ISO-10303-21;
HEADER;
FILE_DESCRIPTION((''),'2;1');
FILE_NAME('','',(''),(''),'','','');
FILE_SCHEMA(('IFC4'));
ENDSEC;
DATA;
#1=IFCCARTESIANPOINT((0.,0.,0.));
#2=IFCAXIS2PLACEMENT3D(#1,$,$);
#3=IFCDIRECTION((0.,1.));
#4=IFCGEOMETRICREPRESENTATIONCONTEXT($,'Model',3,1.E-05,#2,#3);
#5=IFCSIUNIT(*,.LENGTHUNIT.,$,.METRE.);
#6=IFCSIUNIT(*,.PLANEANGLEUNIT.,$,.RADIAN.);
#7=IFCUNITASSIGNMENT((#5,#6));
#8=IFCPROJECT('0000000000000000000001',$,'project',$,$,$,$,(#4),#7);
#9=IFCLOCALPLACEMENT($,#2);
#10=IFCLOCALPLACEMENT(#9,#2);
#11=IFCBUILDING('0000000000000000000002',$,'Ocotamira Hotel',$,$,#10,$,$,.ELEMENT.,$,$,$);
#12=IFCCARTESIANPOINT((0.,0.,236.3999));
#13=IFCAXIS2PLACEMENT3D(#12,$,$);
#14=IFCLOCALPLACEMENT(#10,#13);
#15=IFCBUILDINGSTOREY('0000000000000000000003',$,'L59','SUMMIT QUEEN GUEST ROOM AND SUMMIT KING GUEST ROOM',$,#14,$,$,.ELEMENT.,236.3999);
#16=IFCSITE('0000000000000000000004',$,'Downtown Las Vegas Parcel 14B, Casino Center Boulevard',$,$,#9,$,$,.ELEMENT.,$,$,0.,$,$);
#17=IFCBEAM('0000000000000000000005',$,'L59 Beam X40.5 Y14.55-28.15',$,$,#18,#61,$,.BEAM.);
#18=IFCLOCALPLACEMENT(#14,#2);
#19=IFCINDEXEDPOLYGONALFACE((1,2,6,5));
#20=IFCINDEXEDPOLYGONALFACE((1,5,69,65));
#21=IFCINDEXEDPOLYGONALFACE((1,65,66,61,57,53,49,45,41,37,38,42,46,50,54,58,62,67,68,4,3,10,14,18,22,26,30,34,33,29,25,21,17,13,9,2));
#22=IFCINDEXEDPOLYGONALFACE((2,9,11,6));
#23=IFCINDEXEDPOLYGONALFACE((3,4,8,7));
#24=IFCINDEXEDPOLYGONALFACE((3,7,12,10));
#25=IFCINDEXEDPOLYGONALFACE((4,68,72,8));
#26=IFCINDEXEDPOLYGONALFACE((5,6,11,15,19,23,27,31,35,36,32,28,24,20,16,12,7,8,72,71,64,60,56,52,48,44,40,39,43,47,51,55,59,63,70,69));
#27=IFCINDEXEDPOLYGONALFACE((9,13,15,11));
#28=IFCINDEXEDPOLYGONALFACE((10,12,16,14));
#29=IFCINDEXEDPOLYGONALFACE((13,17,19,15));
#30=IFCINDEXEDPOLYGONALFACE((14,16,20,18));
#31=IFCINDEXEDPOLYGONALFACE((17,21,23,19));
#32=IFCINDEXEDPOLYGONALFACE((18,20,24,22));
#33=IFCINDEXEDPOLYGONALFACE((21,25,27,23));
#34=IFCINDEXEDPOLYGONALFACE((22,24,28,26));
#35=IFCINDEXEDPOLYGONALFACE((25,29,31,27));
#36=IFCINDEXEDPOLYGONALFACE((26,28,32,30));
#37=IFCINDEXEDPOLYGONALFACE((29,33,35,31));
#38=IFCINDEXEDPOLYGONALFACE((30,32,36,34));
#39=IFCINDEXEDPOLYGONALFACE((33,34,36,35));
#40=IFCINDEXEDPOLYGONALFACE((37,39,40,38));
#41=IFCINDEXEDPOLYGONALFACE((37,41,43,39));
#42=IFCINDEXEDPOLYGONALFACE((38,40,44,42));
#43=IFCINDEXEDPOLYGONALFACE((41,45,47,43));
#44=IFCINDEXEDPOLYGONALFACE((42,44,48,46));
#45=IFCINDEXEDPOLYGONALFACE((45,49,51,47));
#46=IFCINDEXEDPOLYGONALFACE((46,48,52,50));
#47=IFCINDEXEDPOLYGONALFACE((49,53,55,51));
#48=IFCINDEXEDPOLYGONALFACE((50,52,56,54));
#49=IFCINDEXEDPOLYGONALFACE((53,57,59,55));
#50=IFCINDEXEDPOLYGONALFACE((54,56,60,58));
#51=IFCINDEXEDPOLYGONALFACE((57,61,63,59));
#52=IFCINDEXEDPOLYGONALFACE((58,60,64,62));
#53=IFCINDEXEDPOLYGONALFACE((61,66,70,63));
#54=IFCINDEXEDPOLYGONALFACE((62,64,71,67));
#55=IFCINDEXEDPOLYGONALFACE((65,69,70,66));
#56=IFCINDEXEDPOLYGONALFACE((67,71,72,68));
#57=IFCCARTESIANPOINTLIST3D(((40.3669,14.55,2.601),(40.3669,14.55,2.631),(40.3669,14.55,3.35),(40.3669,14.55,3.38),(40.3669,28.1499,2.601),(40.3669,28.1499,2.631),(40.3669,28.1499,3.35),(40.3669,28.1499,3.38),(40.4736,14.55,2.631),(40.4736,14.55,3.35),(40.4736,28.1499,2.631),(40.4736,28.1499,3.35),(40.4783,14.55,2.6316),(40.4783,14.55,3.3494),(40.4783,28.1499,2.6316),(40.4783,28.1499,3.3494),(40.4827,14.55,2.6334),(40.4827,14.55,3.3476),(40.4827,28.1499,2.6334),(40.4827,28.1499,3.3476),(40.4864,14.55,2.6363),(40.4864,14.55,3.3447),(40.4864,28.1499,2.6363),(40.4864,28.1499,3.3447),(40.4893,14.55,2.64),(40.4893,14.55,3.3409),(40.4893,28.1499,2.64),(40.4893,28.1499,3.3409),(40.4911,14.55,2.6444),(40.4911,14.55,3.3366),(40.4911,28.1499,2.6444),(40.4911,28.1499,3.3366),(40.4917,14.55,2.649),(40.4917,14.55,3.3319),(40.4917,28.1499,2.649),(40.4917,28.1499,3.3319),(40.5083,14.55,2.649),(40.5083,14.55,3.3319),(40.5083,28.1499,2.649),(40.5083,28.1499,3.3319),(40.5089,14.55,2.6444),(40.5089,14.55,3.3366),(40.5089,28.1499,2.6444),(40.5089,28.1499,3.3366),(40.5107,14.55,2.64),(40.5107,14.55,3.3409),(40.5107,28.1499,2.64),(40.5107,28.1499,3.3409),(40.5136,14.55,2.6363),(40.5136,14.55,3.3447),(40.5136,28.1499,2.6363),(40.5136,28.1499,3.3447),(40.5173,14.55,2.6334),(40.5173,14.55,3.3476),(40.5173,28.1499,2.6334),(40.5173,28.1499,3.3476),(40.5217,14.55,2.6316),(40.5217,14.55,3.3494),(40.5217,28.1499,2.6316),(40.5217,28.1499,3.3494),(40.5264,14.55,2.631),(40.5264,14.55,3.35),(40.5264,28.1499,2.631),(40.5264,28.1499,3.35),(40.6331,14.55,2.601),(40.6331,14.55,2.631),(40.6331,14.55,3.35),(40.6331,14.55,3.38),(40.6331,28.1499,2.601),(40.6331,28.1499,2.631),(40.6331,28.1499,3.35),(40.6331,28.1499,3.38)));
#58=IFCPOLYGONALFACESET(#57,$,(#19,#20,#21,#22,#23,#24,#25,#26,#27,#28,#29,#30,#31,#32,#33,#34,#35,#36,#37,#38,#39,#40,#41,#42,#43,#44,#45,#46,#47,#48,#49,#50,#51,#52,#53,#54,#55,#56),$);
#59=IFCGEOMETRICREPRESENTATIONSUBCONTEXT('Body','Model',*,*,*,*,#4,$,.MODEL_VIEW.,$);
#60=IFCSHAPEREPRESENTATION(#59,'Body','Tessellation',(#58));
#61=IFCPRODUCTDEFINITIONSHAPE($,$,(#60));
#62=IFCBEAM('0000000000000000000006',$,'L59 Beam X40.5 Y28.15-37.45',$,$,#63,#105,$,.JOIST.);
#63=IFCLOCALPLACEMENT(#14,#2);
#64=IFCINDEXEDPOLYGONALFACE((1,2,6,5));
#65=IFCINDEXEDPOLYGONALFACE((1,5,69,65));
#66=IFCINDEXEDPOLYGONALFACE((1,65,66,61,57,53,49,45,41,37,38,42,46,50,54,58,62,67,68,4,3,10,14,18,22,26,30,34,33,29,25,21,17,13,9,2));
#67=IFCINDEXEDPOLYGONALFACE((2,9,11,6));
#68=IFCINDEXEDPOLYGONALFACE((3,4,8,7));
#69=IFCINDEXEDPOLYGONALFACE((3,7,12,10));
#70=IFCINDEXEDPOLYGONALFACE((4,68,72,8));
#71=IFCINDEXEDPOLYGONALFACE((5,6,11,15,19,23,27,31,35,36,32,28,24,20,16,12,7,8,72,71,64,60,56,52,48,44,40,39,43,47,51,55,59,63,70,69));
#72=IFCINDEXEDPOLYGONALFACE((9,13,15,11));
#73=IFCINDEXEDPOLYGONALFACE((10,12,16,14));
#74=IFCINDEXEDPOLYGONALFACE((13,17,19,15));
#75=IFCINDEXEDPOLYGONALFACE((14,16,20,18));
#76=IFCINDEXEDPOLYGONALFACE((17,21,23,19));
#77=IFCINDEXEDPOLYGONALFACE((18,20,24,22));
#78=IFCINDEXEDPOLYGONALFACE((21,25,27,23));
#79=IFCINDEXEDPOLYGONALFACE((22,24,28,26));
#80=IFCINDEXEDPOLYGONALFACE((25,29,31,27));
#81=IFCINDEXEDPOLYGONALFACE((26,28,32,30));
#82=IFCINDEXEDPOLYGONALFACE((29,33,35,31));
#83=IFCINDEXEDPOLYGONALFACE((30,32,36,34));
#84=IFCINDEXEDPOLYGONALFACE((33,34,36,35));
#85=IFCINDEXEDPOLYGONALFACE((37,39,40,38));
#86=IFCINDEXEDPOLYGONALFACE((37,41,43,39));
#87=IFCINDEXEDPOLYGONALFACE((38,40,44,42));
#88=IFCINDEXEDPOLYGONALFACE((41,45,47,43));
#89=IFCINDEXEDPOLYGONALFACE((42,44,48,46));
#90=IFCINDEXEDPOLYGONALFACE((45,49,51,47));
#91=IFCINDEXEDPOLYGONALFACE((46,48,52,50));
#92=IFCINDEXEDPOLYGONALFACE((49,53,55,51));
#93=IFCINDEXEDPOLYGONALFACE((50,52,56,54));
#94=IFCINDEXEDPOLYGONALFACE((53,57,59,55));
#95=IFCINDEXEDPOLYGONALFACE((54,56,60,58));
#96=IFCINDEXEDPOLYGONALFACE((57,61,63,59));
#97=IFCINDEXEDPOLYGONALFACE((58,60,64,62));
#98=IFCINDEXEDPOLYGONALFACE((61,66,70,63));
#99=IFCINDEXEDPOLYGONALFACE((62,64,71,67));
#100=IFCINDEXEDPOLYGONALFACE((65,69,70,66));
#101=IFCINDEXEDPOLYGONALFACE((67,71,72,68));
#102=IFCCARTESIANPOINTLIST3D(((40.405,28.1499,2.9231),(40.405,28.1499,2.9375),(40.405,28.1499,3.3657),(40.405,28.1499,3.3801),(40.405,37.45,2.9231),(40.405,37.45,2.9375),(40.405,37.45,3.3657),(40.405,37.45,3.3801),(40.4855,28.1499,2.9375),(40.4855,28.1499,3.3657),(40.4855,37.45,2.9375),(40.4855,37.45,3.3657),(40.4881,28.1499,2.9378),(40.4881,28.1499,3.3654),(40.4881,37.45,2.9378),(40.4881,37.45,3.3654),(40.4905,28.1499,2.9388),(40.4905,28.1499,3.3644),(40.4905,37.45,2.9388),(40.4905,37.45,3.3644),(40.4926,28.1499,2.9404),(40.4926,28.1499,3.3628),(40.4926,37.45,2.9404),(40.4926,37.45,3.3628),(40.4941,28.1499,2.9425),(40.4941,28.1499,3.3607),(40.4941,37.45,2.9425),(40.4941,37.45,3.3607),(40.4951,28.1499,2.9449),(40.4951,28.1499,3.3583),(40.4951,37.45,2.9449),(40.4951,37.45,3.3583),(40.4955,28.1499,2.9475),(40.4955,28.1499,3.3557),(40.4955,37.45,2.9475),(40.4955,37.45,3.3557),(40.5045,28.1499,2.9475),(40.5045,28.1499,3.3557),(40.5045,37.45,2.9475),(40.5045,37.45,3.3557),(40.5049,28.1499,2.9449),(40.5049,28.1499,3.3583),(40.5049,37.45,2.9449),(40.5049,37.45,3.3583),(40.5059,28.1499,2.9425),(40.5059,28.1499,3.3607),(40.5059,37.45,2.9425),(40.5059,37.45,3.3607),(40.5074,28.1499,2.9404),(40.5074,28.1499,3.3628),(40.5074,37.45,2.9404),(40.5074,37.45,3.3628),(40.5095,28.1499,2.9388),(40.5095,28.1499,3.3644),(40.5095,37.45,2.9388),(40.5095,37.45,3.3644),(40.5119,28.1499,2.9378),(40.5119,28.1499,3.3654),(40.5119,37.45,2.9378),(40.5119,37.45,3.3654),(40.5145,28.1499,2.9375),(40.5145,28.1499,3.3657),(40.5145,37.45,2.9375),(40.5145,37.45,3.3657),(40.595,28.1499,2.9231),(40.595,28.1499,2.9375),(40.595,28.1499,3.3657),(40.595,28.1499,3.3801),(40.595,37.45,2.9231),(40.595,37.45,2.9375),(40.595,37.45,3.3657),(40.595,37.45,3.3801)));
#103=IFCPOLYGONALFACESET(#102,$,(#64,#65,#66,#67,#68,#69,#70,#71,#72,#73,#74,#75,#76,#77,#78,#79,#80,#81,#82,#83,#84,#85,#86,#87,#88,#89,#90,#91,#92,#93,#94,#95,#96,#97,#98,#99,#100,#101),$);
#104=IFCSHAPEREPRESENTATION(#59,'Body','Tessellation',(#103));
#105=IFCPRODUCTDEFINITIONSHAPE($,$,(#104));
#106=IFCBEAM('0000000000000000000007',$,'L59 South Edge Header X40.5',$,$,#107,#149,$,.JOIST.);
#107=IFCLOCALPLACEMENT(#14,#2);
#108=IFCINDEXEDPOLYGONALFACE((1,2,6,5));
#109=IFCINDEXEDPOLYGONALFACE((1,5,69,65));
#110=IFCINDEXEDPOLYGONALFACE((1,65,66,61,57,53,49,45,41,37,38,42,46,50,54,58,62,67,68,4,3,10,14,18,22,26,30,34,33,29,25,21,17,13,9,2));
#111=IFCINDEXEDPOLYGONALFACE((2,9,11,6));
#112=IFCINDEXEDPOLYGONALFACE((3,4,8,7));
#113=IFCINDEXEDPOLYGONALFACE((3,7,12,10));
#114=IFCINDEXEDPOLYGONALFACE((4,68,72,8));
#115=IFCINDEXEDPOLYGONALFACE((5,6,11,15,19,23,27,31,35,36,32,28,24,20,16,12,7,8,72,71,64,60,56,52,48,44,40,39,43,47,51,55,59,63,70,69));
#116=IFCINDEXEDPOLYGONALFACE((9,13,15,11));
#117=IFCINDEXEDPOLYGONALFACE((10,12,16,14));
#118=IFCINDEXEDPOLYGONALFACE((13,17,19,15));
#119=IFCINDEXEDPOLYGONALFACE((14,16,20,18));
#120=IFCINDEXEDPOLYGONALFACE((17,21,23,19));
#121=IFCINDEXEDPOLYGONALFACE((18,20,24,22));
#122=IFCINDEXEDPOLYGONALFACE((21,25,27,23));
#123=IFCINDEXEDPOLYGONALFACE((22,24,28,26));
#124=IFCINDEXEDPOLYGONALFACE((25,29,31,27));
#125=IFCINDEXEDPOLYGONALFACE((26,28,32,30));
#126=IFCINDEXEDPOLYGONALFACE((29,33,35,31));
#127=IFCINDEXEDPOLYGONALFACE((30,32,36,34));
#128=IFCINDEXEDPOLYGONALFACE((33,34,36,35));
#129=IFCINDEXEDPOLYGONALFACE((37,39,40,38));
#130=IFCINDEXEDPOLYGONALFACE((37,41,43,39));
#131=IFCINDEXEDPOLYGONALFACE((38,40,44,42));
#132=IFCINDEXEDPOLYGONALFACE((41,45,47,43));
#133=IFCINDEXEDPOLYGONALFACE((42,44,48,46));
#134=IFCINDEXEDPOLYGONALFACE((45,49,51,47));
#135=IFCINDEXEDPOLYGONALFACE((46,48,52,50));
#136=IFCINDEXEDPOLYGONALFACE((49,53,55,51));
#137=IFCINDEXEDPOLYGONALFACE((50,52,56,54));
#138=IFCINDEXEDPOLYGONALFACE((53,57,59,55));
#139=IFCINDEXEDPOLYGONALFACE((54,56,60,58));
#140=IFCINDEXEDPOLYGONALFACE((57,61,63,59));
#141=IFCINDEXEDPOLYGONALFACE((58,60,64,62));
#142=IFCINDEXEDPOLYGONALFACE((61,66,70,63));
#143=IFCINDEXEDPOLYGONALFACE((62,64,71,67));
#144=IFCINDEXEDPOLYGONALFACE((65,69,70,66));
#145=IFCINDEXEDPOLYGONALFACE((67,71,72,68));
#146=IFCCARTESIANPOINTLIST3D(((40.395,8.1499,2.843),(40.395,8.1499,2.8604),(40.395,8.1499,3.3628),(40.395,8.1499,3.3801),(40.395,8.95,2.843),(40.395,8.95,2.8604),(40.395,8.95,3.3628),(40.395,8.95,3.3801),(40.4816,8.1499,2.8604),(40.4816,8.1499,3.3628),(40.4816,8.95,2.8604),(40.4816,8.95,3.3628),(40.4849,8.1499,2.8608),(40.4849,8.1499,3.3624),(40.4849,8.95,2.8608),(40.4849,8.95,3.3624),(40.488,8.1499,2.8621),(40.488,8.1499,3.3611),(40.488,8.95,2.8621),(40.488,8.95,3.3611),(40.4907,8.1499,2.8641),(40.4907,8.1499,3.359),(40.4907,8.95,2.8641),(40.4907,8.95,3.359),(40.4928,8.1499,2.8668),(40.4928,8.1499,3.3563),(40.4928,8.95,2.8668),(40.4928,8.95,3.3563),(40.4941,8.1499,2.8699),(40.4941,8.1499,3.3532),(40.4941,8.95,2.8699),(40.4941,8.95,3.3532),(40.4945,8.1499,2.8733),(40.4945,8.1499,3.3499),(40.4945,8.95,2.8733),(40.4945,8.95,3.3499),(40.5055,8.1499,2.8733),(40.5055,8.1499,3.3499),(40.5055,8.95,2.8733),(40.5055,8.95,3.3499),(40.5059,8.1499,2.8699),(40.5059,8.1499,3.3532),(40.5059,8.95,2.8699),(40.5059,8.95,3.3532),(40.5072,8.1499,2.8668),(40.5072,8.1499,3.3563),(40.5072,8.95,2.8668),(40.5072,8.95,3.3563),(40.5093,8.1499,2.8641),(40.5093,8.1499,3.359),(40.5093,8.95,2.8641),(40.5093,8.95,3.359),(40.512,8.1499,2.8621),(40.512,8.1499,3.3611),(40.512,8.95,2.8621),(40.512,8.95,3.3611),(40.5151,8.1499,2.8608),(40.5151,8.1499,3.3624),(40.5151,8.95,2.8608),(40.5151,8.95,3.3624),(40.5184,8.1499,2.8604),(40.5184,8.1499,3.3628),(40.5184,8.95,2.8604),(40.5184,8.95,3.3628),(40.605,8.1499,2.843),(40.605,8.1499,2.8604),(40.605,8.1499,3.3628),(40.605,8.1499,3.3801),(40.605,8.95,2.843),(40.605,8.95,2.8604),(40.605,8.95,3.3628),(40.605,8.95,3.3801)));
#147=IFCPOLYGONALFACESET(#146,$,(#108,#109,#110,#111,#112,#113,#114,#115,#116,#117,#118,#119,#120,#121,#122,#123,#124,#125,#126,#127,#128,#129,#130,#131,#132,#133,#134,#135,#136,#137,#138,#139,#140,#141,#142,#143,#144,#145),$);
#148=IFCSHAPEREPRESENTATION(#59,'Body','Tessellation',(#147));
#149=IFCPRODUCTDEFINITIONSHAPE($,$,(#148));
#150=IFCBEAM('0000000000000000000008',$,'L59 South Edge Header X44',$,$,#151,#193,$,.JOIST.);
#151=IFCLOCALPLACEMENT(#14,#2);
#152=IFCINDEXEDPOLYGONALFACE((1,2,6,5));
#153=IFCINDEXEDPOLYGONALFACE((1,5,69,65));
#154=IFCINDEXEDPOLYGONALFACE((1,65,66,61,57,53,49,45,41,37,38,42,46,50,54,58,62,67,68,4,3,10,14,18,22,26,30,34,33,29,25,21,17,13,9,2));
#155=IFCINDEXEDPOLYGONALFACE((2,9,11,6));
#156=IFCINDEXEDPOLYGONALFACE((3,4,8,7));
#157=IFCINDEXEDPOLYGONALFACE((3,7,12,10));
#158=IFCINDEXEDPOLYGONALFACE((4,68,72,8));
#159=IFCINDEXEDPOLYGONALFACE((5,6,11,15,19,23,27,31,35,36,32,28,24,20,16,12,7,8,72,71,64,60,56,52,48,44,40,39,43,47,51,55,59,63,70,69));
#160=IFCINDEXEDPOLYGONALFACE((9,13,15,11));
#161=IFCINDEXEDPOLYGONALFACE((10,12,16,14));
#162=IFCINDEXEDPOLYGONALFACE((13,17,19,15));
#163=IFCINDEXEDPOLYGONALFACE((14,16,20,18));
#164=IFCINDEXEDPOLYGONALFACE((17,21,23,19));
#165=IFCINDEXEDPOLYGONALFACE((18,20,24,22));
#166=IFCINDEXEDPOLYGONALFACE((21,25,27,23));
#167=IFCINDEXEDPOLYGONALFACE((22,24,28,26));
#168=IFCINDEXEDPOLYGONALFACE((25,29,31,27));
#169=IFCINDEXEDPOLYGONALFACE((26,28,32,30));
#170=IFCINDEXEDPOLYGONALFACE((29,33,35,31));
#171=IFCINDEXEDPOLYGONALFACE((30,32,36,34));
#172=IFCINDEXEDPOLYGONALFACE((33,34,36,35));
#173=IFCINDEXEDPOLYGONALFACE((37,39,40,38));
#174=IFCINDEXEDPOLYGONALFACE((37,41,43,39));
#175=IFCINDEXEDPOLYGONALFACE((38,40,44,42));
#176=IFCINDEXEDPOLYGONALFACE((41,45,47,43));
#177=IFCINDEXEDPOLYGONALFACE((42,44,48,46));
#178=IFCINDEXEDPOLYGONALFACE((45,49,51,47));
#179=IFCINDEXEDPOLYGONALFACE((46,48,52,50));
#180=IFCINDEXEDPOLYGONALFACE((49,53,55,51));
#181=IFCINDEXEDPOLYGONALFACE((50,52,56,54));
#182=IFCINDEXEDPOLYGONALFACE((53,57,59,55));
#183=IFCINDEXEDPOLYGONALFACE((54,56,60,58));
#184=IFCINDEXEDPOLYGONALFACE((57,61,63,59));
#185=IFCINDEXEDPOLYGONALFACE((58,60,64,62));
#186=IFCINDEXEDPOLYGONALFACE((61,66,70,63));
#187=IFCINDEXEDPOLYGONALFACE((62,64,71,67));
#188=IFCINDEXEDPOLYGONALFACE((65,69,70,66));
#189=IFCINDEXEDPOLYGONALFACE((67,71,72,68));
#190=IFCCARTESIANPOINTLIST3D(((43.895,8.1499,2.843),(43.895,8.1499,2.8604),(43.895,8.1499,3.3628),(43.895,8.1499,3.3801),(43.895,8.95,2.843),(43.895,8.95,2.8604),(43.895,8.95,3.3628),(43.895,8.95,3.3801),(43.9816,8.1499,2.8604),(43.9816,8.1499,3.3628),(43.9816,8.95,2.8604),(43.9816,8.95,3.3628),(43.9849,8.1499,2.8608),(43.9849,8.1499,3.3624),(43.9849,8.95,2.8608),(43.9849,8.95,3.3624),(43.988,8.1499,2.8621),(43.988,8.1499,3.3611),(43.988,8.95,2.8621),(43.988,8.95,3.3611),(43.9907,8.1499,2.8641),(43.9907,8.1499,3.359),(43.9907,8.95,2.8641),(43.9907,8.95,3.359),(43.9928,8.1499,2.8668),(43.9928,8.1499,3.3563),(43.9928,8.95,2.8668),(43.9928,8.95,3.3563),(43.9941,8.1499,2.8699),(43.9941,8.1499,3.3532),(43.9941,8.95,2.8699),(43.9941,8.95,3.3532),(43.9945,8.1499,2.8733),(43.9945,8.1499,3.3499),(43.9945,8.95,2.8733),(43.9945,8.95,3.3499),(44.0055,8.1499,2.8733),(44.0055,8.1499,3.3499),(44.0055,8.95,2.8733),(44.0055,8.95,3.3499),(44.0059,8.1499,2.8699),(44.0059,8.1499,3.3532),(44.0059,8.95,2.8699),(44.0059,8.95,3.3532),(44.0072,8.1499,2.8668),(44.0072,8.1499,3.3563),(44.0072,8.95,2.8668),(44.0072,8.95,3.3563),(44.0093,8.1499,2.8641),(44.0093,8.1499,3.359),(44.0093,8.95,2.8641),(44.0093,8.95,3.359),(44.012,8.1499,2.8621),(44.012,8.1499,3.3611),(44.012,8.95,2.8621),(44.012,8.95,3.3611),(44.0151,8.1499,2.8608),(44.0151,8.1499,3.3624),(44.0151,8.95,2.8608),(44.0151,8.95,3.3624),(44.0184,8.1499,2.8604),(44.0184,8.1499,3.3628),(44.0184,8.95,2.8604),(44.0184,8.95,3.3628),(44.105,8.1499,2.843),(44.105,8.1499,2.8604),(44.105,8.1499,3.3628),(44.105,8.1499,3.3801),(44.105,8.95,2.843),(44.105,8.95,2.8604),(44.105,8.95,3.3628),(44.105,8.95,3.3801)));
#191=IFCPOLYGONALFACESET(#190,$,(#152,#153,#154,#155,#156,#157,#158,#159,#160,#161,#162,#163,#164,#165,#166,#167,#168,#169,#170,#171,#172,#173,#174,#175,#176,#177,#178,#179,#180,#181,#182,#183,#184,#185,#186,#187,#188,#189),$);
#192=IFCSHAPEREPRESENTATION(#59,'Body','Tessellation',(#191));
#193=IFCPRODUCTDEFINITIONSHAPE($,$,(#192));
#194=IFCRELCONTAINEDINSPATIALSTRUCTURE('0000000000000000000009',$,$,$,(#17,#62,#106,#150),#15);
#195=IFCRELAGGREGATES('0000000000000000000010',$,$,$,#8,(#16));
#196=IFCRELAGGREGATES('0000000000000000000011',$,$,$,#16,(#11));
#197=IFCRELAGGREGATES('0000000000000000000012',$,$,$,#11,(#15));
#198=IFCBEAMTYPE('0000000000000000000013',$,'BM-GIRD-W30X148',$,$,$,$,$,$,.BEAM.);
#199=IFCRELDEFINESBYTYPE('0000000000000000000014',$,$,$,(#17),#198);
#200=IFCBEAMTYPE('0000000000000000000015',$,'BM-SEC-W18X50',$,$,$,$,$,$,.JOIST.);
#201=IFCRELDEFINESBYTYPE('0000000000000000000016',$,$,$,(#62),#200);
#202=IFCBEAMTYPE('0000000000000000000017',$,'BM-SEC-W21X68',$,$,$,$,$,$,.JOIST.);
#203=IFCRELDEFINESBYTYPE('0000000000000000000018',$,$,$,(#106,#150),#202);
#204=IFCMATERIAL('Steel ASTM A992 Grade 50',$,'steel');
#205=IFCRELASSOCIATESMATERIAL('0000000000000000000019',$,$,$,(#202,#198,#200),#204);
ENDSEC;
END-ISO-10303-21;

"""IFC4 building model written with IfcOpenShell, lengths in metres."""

from ifc_helpers import new_model, si_unit, direction, frame, origin, origin_2d, place, context, subcontext, project, spatial, i_section, extrude, source, transform, mapped, material, material_profile, profile_set, type_object, element, save


model = new_model("IFC4")

# Units and contexts
model_context = context("Model", 3, precision=1e-05, world=origin(), true_north=direction((0.0, 1.0)))
body_context = subcontext(model_context, "Body", "Model", "MODEL_VIEW")
ifc_project = project(units=[si_unit("LENGTHUNIT", "METRE"), si_unit("PLANEANGLEUNIT", "RADIAN")], contexts=[model_context])

# Site, building, storey
site_placement = place(None, origin())
site = spatial("IfcSite", under=ifc_project, at=site_placement, Name="Downtown Las Vegas Parcel 14B, Casino Center Boulevard", CompositionType="ELEMENT", RefElevation=0.0)
building_placement = place(site_placement, origin())
building = spatial("IfcBuilding", under=site, at=building_placement, Name="Ocotamira Hotel", CompositionType="ELEMENT")
storey_placement = place(building_placement, frame((0.0, 0.0, 236.3999)))
storey = spatial("IfcBuildingStorey", under=building, at=storey_placement, Name="L59", Description="SUMMIT QUEEN GUEST ROOM AND SUMMIT KING GUEST ROOM", CompositionType="ELEMENT", Elevation=236.3999)

# Shared definitions
ifc_material_1 = material(Name="Steel ASTM A992 Grade 50", Category="steel")

# Beams
ifc_material_profile_1 = material_profile(ifc_material_1, i_section(OverallWidth=0.21, OverallDepth=0.5371, WebThickness=0.011, FlangeThickness=0.0173, FilletRadius=0.0129, at=origin_2d()), Name="W21X68")
ifc_profile_set_1 = profile_set([ifc_material_profile_1], Name="Steel ASTM A992 Grade 50")
beam_type_1 = type_object("IfcBeamType", Name="BM-SEC-W21X68", PredefinedType="JOIST", material=ifc_profile_set_1)
ifc_material_profile_2 = material_profile(ifc_material_1, i_section(OverallWidth=0.2661, OverallDepth=0.7791, WebThickness=0.0166, FlangeThickness=0.03, FilletRadius=0.0181, at=origin_2d()), Name="W30X148")
ifc_profile_set_2 = profile_set([ifc_material_profile_2], Name="Steel ASTM A992 Grade 50")
beam_type_2 = type_object("IfcBeamType", Name="BM-GIRD-W30X148", PredefinedType="BEAM", material=ifc_profile_set_2)
shared_shape_1 = source(origin(), body_context, "Body", "SweptSolid", [
    extrude(i_section(OverallWidth=0.2661, OverallDepth=0.7791, WebThickness=0.0166, FlangeThickness=0.03, FilletRadius=0.0181, at=origin_2d()), origin(), (0.0, 0.0, 1.0), 13.5999),
])
beam_1_placement = place(storey_placement, frame((40.5, 14.55, 2.9905), z_axis=(0.0, 1.0, 0.0), x_axis=(-1.0, 0.0, 0.0)))
element("IfcBeam", 1, at=beam_1_placement, inside=storey, type_object=beam_type_2, Name="L59 Beam X40.5 Y14.55-28.15", PredefinedType="BEAM", context=body_context, shape_type="MappedRepresentation", body=[
    mapped(shared_shape_1, transform((0.0, 0.0, 0.0), scale=1.0)),
])
ifc_material_profile_3 = material_profile(ifc_material_1, i_section(OverallWidth=0.1899, OverallDepth=0.457, WebThickness=0.009, FlangeThickness=0.0144, FilletRadius=0.01, at=origin_2d()), Name="W18X50")
ifc_profile_set_3 = profile_set([ifc_material_profile_3], Name="Steel ASTM A992 Grade 50")
beam_type_3 = type_object("IfcBeamType", Name="BM-SEC-W18X50", PredefinedType="JOIST", material=ifc_profile_set_3)
shared_shape_2 = source(origin(), body_context, "Body", "SweptSolid", [
    extrude(i_section(OverallWidth=0.1899, OverallDepth=0.457, WebThickness=0.009, FlangeThickness=0.0144, FilletRadius=0.01, at=origin_2d()), origin(), (0.0, 0.0, 1.0), 9.3),
])
beam_2_placement = place(storey_placement, frame((40.5, 28.1499, 3.1516), z_axis=(0.0, 1.0, 0.0), x_axis=(-1.0, 0.0, 0.0)))
element("IfcBeam", 2, at=beam_2_placement, inside=storey, type_object=beam_type_3, Name="L59 Beam X40.5 Y28.15-37.45", PredefinedType="JOIST", context=body_context, shape_type="MappedRepresentation", body=[
    mapped(shared_shape_2, transform((0.0, 0.0, 0.0), scale=1.0)),
])
shared_shape_3 = source(origin(), body_context, "Body", "SweptSolid", [
    extrude(i_section(OverallWidth=0.21, OverallDepth=0.5371, WebThickness=0.011, FlangeThickness=0.0173, FilletRadius=0.0129, at=origin_2d()), origin(), (0.0, 0.0, 1.0), 0.8),
])
for number, where, z_axis, x_axis, name in (
    (3, (40.5, 8.95, 3.1116), (0.0, -1.0, 0.0), (1.0, 0.0, 0.0), "L59 South Edge Header X40.5"),
    (4, (44.0, 8.95, 3.1116), (0.0, -1.0, 0.0), (1.0, 0.0, 0.0), "L59 South Edge Header X44"),
):
    element("IfcBeam", number, at=place(storey_placement, frame(where, z_axis=z_axis, x_axis=x_axis)), inside=storey, type_object=beam_type_1, Name=name, PredefinedType="JOIST", context=body_context, shape_type="MappedRepresentation", body=[
        mapped(shared_shape_3, transform((0.0, 0.0, 0.0), scale=1.0)),
    ])

save(model, "model.ifc")
